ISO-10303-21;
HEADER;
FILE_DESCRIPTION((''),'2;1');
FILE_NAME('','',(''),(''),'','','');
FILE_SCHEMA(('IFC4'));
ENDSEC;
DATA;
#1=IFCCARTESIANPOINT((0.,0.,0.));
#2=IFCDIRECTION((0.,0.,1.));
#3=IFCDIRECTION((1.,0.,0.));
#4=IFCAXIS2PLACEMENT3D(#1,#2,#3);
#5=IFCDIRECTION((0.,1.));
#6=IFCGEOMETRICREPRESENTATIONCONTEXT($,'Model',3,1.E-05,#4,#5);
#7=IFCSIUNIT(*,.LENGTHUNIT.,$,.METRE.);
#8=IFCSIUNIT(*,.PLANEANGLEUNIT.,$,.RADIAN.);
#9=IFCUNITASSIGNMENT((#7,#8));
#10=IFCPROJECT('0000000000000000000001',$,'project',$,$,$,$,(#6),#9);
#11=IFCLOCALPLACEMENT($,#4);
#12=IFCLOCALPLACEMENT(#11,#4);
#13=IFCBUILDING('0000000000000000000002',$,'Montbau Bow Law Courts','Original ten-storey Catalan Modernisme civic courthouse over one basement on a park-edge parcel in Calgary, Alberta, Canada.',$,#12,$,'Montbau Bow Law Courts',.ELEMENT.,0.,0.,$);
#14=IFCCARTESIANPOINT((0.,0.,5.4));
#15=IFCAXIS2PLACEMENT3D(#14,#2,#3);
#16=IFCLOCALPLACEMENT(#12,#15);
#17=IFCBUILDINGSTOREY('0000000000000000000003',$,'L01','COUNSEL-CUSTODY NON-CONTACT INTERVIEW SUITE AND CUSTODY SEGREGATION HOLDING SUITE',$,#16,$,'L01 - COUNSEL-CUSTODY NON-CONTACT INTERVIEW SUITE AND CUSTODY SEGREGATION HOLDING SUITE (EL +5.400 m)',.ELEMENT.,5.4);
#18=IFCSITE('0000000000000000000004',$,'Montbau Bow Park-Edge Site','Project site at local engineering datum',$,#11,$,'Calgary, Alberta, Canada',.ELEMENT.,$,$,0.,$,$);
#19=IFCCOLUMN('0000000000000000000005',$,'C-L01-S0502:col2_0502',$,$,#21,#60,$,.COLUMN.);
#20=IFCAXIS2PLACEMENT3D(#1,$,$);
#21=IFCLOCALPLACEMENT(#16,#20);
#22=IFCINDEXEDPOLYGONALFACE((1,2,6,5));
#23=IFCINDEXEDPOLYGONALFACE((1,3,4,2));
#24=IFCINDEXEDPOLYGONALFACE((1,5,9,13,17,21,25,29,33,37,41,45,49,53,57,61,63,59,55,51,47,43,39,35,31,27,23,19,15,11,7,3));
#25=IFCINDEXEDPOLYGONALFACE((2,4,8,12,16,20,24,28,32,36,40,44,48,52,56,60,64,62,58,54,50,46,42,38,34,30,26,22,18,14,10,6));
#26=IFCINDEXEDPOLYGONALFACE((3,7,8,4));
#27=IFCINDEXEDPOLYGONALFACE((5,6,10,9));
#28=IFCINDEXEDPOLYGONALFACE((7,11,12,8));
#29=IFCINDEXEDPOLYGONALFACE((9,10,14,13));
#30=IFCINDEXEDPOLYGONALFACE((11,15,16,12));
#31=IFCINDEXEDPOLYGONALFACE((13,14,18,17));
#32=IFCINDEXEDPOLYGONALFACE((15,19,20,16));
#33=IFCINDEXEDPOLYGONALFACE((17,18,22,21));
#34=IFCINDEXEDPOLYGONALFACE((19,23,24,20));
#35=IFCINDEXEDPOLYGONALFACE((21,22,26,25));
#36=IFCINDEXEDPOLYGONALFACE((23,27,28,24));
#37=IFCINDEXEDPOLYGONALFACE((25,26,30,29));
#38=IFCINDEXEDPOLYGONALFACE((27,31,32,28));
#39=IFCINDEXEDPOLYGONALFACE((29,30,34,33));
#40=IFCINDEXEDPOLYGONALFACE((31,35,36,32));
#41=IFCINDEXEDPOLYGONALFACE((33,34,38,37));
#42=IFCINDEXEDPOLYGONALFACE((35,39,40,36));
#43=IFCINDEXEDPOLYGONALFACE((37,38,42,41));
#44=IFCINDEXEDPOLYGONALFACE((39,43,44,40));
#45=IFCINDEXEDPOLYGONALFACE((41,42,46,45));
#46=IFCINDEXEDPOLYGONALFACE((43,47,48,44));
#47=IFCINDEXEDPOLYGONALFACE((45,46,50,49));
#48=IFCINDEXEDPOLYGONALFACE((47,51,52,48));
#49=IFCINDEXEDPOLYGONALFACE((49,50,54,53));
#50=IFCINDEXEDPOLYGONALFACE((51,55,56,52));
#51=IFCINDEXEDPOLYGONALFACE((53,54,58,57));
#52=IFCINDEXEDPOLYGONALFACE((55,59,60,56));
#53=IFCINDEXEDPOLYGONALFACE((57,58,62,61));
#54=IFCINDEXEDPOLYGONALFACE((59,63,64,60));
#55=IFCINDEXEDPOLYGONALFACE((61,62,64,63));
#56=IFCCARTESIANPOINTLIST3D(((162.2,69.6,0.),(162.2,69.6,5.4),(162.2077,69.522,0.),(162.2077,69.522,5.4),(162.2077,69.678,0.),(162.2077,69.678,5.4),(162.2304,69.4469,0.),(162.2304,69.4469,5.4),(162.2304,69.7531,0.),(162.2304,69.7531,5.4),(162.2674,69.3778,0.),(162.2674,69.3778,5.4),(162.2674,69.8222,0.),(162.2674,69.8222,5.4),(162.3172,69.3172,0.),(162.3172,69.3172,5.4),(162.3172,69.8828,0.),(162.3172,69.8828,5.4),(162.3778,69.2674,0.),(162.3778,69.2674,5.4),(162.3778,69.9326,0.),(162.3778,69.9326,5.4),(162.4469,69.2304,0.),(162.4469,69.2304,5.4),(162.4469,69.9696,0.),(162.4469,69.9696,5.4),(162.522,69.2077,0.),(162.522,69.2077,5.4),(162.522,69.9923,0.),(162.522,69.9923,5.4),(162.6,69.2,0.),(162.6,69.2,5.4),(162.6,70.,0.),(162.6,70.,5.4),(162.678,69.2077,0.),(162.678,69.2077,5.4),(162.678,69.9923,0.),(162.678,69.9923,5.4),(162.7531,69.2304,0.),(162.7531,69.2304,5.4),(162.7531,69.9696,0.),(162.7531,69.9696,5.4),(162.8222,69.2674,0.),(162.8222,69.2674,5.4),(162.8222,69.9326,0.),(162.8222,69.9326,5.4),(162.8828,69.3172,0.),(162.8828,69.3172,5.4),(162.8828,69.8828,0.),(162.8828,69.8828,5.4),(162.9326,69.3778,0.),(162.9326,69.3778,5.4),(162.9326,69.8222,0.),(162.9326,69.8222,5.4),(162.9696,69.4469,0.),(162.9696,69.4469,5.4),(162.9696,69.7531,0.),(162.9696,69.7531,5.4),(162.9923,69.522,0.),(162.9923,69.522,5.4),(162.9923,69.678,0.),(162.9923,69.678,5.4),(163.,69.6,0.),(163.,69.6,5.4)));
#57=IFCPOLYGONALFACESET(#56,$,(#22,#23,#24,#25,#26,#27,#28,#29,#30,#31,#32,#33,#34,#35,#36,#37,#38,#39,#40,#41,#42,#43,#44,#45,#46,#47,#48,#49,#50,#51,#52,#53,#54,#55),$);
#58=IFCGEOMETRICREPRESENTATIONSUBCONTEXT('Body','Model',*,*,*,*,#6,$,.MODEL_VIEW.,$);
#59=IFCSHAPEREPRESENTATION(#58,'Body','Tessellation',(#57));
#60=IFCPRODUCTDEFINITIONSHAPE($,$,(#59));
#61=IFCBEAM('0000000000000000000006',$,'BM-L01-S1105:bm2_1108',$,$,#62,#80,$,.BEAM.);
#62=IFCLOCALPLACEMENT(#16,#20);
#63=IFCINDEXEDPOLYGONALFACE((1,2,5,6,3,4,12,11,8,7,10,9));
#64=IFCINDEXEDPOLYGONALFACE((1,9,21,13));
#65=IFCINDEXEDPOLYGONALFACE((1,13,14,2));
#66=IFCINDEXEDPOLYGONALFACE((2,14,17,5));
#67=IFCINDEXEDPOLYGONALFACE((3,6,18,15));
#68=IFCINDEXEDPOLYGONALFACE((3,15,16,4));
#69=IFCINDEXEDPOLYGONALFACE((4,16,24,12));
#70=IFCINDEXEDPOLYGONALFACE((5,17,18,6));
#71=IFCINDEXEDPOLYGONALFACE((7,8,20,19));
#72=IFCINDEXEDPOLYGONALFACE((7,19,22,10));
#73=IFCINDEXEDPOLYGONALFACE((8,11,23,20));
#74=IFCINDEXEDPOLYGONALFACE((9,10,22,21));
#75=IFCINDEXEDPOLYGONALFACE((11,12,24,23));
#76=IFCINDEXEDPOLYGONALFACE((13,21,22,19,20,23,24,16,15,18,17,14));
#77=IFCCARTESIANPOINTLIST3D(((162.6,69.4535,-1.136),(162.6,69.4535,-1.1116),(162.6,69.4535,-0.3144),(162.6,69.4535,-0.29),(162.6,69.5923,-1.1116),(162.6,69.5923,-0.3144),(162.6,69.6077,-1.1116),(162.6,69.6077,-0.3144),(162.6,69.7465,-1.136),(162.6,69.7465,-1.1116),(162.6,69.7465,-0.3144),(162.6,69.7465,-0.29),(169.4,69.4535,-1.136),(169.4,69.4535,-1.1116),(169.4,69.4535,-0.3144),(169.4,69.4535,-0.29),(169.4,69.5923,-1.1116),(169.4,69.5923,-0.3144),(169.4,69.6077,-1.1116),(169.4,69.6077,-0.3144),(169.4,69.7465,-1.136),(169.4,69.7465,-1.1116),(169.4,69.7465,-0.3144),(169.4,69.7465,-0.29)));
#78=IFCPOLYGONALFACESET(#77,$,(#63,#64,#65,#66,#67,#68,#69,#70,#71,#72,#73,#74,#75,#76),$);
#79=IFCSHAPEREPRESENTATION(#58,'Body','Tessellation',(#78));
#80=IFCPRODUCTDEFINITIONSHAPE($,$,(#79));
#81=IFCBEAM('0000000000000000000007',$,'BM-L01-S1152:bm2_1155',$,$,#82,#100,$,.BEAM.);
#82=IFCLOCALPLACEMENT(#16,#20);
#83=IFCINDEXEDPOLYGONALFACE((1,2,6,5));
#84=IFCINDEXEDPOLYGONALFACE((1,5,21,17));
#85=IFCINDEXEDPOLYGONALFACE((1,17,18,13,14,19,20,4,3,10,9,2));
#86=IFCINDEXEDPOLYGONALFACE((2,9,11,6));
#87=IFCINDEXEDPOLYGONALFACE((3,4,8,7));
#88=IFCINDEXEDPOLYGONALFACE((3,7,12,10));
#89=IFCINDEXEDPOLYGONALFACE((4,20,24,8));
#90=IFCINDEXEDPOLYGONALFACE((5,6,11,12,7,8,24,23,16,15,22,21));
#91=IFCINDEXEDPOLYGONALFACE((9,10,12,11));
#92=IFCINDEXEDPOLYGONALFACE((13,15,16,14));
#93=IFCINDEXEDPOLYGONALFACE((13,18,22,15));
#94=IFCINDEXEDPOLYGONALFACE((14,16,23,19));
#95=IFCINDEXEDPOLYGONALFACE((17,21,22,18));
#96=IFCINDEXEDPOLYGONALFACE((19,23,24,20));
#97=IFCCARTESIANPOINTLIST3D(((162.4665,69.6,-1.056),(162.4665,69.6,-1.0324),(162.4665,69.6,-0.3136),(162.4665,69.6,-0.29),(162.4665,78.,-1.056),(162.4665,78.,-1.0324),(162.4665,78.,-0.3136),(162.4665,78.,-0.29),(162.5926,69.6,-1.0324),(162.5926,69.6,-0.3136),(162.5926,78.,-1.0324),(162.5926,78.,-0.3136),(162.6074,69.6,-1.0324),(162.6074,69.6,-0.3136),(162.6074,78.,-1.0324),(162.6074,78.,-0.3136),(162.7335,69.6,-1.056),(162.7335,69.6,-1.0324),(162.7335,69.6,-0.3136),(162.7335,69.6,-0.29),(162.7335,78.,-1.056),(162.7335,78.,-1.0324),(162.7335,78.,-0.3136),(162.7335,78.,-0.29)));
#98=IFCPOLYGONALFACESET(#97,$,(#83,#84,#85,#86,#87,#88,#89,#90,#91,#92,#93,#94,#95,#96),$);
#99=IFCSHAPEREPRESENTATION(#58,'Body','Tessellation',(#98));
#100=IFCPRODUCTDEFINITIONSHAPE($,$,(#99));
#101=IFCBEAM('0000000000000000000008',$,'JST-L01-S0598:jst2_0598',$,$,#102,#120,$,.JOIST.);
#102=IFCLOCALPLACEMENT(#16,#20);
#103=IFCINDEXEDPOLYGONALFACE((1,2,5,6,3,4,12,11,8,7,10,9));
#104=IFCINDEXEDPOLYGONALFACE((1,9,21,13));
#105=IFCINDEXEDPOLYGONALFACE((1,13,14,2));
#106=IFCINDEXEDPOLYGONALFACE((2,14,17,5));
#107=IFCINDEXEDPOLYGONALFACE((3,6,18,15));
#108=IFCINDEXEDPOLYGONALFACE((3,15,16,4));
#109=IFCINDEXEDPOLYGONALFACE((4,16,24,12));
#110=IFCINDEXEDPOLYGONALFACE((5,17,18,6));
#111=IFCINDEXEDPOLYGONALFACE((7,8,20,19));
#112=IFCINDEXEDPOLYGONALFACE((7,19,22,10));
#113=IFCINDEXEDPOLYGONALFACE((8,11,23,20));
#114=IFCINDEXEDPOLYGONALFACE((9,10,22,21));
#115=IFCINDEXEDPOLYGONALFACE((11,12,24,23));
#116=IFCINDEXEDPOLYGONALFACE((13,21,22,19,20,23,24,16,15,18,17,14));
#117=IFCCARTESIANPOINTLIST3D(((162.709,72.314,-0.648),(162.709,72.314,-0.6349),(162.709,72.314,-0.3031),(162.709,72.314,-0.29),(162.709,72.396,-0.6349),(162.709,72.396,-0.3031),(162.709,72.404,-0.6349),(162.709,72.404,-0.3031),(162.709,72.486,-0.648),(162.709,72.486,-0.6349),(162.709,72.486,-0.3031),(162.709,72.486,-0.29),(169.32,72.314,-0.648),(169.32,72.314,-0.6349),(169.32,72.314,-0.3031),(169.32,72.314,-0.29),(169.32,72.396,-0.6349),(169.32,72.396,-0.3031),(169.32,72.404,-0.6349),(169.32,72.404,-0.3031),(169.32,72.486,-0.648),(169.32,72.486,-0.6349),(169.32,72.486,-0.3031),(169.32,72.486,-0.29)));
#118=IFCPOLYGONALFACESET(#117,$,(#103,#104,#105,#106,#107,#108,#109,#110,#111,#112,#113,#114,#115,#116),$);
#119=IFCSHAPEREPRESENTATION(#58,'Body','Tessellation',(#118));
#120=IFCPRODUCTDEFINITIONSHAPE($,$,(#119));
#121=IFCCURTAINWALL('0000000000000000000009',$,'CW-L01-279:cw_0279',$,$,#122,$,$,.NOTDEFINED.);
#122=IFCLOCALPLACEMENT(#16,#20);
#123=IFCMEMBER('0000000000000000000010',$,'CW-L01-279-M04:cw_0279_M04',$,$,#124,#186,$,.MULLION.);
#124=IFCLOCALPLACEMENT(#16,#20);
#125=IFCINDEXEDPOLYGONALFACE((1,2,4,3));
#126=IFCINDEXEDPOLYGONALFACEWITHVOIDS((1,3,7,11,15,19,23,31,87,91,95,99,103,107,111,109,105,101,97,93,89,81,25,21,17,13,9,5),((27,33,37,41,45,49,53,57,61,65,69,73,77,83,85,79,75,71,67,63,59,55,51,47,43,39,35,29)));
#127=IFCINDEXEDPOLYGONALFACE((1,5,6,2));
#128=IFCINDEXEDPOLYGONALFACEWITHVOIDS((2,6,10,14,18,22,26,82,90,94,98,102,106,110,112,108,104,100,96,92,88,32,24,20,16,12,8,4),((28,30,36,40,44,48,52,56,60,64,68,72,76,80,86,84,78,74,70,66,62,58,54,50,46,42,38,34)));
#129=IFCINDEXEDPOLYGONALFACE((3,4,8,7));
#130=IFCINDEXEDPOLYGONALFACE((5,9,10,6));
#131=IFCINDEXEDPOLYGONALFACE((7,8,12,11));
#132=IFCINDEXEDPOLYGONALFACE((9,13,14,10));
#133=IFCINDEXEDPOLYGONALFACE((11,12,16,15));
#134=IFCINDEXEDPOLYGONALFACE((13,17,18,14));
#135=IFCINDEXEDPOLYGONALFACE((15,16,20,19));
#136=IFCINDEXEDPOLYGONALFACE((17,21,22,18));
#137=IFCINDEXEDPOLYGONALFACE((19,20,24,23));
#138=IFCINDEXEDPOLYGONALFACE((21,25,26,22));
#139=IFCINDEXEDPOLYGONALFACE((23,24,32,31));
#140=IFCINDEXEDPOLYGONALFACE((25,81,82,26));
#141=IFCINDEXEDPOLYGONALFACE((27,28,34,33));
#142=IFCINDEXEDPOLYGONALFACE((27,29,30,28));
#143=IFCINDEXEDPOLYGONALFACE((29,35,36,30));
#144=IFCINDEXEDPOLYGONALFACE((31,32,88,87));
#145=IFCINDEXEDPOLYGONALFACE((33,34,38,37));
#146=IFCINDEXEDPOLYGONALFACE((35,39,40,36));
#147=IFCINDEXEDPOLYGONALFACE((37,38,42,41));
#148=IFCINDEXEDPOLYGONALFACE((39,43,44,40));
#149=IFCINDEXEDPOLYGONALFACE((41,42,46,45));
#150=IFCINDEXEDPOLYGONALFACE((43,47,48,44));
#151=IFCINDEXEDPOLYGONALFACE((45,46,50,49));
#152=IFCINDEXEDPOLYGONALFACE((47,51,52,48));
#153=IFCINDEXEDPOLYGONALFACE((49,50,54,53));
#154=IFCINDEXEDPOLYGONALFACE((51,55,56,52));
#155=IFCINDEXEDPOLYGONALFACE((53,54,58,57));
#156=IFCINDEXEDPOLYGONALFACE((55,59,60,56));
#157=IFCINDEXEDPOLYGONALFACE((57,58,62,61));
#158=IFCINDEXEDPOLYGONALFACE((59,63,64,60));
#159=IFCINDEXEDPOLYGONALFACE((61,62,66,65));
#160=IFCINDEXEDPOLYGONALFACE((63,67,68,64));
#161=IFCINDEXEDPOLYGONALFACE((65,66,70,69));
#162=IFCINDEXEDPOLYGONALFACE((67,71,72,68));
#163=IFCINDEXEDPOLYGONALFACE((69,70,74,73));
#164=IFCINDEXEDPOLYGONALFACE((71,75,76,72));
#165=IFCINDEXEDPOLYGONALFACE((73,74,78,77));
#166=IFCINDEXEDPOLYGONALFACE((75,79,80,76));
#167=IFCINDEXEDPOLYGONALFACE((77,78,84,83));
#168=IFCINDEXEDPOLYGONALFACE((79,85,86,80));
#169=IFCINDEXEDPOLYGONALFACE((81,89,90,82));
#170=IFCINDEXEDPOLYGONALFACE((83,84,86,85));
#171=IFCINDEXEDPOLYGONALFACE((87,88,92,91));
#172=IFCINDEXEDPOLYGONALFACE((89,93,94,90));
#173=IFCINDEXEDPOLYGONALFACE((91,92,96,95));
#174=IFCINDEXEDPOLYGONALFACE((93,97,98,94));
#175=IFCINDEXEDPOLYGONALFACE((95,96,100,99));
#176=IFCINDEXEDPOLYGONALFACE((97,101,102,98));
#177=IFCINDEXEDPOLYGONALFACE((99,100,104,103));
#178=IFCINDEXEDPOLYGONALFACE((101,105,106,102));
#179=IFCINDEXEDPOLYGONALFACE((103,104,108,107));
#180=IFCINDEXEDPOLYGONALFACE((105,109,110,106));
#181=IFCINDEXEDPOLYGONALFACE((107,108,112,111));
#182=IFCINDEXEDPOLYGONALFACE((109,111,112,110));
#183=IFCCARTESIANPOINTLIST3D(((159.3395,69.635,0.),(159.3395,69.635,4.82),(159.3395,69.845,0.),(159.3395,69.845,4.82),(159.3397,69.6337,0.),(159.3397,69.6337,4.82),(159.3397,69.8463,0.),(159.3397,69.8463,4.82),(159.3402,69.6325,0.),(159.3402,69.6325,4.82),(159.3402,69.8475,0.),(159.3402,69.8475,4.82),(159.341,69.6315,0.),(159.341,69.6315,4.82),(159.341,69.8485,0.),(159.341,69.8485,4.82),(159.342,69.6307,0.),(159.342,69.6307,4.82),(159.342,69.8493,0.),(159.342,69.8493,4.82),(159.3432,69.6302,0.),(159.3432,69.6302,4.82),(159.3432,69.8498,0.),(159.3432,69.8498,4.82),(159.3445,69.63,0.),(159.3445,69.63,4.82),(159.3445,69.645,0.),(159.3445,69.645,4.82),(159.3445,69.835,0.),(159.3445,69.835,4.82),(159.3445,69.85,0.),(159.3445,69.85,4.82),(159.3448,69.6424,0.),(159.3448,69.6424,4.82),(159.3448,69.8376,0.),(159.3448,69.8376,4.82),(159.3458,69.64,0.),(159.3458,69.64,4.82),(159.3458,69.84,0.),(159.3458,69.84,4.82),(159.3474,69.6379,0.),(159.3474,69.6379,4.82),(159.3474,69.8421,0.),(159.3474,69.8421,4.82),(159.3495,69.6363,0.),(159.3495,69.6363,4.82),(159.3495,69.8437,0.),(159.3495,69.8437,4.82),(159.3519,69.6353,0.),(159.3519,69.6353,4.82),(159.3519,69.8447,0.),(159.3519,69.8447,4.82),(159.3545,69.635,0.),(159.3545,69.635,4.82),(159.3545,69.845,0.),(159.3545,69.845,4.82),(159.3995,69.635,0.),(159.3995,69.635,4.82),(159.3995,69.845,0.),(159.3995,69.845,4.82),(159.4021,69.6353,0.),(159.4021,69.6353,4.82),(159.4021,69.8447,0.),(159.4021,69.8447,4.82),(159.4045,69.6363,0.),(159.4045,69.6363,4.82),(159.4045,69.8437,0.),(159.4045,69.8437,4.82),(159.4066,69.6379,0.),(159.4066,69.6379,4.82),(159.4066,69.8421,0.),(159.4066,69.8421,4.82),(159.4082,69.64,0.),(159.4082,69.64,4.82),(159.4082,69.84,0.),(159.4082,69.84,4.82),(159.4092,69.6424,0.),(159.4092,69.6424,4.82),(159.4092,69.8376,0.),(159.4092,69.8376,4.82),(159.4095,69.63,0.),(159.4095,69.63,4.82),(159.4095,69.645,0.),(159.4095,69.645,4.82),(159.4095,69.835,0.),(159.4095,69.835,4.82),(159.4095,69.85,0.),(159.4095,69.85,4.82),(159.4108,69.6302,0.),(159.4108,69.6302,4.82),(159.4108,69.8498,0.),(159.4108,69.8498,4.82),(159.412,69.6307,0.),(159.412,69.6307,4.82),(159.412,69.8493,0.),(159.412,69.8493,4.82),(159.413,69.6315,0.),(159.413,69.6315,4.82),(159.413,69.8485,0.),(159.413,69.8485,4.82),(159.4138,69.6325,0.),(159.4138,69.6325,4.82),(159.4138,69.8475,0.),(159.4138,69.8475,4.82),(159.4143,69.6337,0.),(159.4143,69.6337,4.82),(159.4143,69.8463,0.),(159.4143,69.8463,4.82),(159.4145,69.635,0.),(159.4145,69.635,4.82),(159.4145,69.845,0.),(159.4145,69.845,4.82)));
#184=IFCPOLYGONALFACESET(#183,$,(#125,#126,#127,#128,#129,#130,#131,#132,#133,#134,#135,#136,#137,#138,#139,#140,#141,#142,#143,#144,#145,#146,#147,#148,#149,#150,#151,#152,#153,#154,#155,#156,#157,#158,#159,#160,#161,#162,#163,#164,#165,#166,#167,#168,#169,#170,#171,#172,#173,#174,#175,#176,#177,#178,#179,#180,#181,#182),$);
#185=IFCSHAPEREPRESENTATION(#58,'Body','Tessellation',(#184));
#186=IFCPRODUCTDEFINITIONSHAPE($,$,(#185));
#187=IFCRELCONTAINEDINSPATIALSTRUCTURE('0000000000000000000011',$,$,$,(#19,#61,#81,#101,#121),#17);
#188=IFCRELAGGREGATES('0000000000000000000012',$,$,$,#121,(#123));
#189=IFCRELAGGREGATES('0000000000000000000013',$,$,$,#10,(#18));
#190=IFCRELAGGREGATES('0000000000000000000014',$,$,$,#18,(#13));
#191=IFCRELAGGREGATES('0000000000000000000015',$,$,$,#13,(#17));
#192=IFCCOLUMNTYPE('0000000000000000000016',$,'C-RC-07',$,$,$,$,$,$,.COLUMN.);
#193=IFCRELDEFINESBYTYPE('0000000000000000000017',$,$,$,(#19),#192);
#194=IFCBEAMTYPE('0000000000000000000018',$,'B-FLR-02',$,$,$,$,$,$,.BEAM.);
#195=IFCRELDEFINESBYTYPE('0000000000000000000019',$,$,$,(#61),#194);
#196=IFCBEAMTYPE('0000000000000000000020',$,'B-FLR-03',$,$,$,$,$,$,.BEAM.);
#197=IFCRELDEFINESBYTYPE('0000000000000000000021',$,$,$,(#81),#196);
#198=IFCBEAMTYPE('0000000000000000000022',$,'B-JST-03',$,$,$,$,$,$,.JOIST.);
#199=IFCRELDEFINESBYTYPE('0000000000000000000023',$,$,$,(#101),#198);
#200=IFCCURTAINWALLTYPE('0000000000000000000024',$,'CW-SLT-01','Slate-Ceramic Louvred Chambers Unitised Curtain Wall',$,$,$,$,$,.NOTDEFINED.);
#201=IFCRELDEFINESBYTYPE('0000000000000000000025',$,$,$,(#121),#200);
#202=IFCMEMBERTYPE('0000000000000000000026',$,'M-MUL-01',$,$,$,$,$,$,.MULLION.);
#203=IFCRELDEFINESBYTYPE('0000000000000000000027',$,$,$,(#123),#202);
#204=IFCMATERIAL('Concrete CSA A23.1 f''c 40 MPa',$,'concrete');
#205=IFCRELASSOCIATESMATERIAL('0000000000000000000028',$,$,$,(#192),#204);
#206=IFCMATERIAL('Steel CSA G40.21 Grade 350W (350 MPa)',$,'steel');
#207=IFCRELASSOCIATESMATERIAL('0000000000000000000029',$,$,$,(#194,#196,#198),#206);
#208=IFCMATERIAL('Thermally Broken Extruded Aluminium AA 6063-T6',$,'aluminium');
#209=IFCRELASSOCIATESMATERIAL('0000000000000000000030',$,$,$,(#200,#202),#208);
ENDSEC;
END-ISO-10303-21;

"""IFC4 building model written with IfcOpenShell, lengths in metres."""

from ifc_helpers import new_model, si_unit, direction, frame, origin_with_axes, origin_2d_with_axis, place, context, subcontext, project, spatial, hollow_rectangle, circle, i_section, extrude, material, material_profile, profile_set, type_object, element, aggregate, save


model = new_model("IFC4")

# Units and contexts
model_context = context("Model", 3, precision=1e-05, world=origin_with_axes(), true_north=direction((0.0, 1.0)))
body_context = subcontext(model_context, "Body", "Model", "MODEL_VIEW")
ifc_project = project(units=[si_unit("LENGTHUNIT", "METRE"), si_unit("PLANEANGLEUNIT", "RADIAN")], contexts=[model_context])

# Site, building, storey
site_placement = place(None, origin_with_axes())
site = spatial("IfcSite", under=ifc_project, at=site_placement, Name="Montbau Bow Park-Edge Site", Description="Project site at local engineering datum", LongName="Calgary, Alberta, Canada", CompositionType="ELEMENT", RefElevation=0.0)
building_placement = place(site_placement, origin_with_axes())
building = spatial("IfcBuilding", under=site, at=building_placement, Name="Montbau Bow Law Courts", Description="Original ten-storey Catalan Modernisme civic courthouse over one basement on a park-edge parcel in Calgary, Alberta, Canada.", LongName="Montbau Bow Law Courts", CompositionType="ELEMENT", ElevationOfRefHeight=0.0, ElevationOfTerrain=0.0)
storey_placement = place(building_placement, frame((0.0, 0.0, 5.4), z_axis=(0.0, 0.0, 1.0), x_axis=(1.0, 0.0, 0.0)))
storey = spatial("IfcBuildingStorey", under=building, at=storey_placement, Name="L01", Description="COUNSEL-CUSTODY NON-CONTACT INTERVIEW SUITE AND CUSTODY SEGREGATION HOLDING SUITE", LongName="L01 - COUNSEL-CUSTODY NON-CONTACT INTERVIEW SUITE AND CUSTODY SEGREGATION HOLDING SUITE (EL +5.400 m)", CompositionType="ELEMENT", Elevation=5.4)

# Column
ifc_material_1 = material(Name="Concrete CSA A23.1 f'c 40 MPa", Category="concrete")
ifc_material_profile_1 = material_profile(ifc_material_1, circle(Radius=0.4, at=origin_2d_with_axis()), Name="RC800D", Category="Main", Priority=0)
ifc_profile_set_1 = profile_set([ifc_material_profile_1], Name="Concrete CSA A23.1 f'c 40 MPa")
column_type = type_object("IfcColumnType", Name="C-RC-07", PredefinedType="COLUMN", material=ifc_profile_set_1)
column_placement = place(None, frame((162.6, 69.6, 5.4), z_axis=(0.0, 0.0, 1.0), x_axis=(1.0, 0.0, 0.0)))
element("IfcColumn", 1, at=column_placement, inside=storey, type_object=column_type, Name="C-L01-S0502:col2_0502", PredefinedType="COLUMN", context=body_context, shape_type="SweptSolid", body=[
    extrude(circle(Radius=0.4, at=origin_2d_with_axis()), origin_with_axes(), (0.0, 0.0, 1.0), 5.4),
])

# Beams
ifc_material_2 = material(Name="Steel CSA G40.21 Grade 350W (350 MPa)", Category="steel")
ifc_material_profile_2 = material_profile(ifc_material_2, i_section(OverallWidth=0.293, OverallDepth=0.846, WebThickness=0.0154, FlangeThickness=0.0244, at=origin_2d_with_axis()), Name="W840X210", Category="Main", Priority=0)
ifc_profile_set_2 = profile_set([ifc_material_profile_2], Name="Steel CSA G40.21 Grade 350W (350 MPa)")
beam_type_1 = type_object("IfcBeamType", Name="B-FLR-02", PredefinedType="BEAM", material=ifc_profile_set_2)
beam_1_placement = place(None, frame((162.6, 69.6, 4.687), z_axis=(1.0, 0.0, 0.0), x_axis=(0.0, 1.0, 0.0)))
element("IfcBeam", 2, at=beam_1_placement, inside=storey, type_object=beam_type_1, Name="BM-L01-S1105:bm2_1108", PredefinedType="BEAM", context=body_context, shape_type="SweptSolid", body=[
    extrude(i_section(OverallWidth=0.293, OverallDepth=0.846, WebThickness=0.0154, FlangeThickness=0.0244, at=origin_2d_with_axis()), origin_with_axes(), (0.0, 0.0, 1.0), 6.8),
])
ifc_material_profile_3 = material_profile(ifc_material_2, i_section(OverallWidth=0.267, OverallDepth=0.766, WebThickness=0.0149, FlangeThickness=0.0236, at=origin_2d_with_axis()), Name="W760X185", Category="Main", Priority=0)
ifc_profile_set_3 = profile_set([ifc_material_profile_3], Name="Steel CSA G40.21 Grade 350W (350 MPa)")
beam_type_2 = type_object("IfcBeamType", Name="B-FLR-03", PredefinedType="BEAM", material=ifc_profile_set_3)
beam_2_placement = place(None, frame((162.6, 69.6, 4.727), z_axis=(0.0, 1.0, 0.0), x_axis=(-1.0, 0.0, 0.0)))
element("IfcBeam", 3, at=beam_2_placement, inside=storey, type_object=beam_type_2, Name="BM-L01-S1152:bm2_1155", PredefinedType="BEAM", context=body_context, shape_type="SweptSolid", body=[
    extrude(i_section(OverallWidth=0.267, OverallDepth=0.766, WebThickness=0.0149, FlangeThickness=0.0236, at=origin_2d_with_axis()), origin_with_axes(), (0.0, 0.0, 1.0), 8.4),
])
ifc_material_profile_4 = material_profile(ifc_material_2, i_section(OverallWidth=0.172, OverallDepth=0.358, WebThickness=0.0079, FlangeThickness=0.0131, at=origin_2d_with_axis()), Name="W360X57", Category="Main", Priority=0)
ifc_profile_set_4 = profile_set([ifc_material_profile_4], Name="Steel CSA G40.21 Grade 350W (350 MPa)")
beam_type_3 = type_object("IfcBeamType", Name="B-JST-03", PredefinedType="JOIST", material=ifc_profile_set_4)
beam_3_placement = place(None, frame((162.709, 72.4, 4.931), z_axis=(1.0, 0.0, 0.0), x_axis=(0.0, 1.0, 0.0)))
element("IfcBeam", 4, at=beam_3_placement, inside=storey, type_object=beam_type_3, Name="JST-L01-S0598:jst2_0598", PredefinedType="JOIST", context=body_context, shape_type="SweptSolid", body=[
    extrude(i_section(OverallWidth=0.172, OverallDepth=0.358, WebThickness=0.0079, FlangeThickness=0.0131, at=origin_2d_with_axis()), origin_with_axes(), (0.0, 0.0, 1.0), 6.611),
])

# Curtain wall, member
ifc_material_3 = material(Name="Thermally Broken Extruded Aluminium AA 6063-T6", Category="aluminium")
curtain_wall_type = type_object("IfcCurtainWallType", Name="CW-SLT-01", Description="Slate-Ceramic Louvred Chambers Unitised Curtain Wall", PredefinedType="NOTDEFINED", material=ifc_material_3)
curtain_wall_1_placement = place(None, frame((155.315, 69.74, 5.4), z_axis=(0.0, 0.0, 1.0), x_axis=(1.0, 0.0, 0.0)))
curtain_wall_1 = element("IfcCurtainWall", 5, at=curtain_wall_1_placement, inside=storey, type_object=curtain_wall_type, Name="CW-L01-279:cw_0279", PredefinedType="NOTDEFINED")
ifc_material_profile_5 = material_profile(ifc_material_3, hollow_rectangle(XDim=0.075, YDim=0.22, WallThickness=0.005, InnerFilletRadius=0.01, OuterFilletRadius=0.005, at=origin_2d_with_axis()), Name="CWM-220X75", Category="Main", Priority=0)
ifc_profile_set_5 = profile_set([ifc_material_profile_5], Name="Thermally Broken Extruded Aluminium AA 6063-T6")
member_type_1 = type_object("IfcMemberType", Name="M-MUL-01", PredefinedType="MULLION", material=ifc_profile_set_5)
member_1_placement = place(None, frame((159.377, 69.74, 5.4), z_axis=(0.0, 0.0, 1.0), x_axis=(1.0, 0.0, 0.0)))
member_1 = element("IfcMember", 6, at=member_1_placement, type_object=member_type_1, Name="CW-L01-279-M04:cw_0279_M04", PredefinedType="MULLION", context=body_context, shape_type="SweptSolid", body=[
    extrude(hollow_rectangle(XDim=0.075, YDim=0.22, WallThickness=0.005, InnerFilletRadius=0.01, OuterFilletRadius=0.005, at=origin_2d_with_axis()), origin_with_axes(), (0.0, 0.0, 1.0), 4.82),
])

aggregate(curtain_wall_1, [member_1])

save(model, "model.ifc")
